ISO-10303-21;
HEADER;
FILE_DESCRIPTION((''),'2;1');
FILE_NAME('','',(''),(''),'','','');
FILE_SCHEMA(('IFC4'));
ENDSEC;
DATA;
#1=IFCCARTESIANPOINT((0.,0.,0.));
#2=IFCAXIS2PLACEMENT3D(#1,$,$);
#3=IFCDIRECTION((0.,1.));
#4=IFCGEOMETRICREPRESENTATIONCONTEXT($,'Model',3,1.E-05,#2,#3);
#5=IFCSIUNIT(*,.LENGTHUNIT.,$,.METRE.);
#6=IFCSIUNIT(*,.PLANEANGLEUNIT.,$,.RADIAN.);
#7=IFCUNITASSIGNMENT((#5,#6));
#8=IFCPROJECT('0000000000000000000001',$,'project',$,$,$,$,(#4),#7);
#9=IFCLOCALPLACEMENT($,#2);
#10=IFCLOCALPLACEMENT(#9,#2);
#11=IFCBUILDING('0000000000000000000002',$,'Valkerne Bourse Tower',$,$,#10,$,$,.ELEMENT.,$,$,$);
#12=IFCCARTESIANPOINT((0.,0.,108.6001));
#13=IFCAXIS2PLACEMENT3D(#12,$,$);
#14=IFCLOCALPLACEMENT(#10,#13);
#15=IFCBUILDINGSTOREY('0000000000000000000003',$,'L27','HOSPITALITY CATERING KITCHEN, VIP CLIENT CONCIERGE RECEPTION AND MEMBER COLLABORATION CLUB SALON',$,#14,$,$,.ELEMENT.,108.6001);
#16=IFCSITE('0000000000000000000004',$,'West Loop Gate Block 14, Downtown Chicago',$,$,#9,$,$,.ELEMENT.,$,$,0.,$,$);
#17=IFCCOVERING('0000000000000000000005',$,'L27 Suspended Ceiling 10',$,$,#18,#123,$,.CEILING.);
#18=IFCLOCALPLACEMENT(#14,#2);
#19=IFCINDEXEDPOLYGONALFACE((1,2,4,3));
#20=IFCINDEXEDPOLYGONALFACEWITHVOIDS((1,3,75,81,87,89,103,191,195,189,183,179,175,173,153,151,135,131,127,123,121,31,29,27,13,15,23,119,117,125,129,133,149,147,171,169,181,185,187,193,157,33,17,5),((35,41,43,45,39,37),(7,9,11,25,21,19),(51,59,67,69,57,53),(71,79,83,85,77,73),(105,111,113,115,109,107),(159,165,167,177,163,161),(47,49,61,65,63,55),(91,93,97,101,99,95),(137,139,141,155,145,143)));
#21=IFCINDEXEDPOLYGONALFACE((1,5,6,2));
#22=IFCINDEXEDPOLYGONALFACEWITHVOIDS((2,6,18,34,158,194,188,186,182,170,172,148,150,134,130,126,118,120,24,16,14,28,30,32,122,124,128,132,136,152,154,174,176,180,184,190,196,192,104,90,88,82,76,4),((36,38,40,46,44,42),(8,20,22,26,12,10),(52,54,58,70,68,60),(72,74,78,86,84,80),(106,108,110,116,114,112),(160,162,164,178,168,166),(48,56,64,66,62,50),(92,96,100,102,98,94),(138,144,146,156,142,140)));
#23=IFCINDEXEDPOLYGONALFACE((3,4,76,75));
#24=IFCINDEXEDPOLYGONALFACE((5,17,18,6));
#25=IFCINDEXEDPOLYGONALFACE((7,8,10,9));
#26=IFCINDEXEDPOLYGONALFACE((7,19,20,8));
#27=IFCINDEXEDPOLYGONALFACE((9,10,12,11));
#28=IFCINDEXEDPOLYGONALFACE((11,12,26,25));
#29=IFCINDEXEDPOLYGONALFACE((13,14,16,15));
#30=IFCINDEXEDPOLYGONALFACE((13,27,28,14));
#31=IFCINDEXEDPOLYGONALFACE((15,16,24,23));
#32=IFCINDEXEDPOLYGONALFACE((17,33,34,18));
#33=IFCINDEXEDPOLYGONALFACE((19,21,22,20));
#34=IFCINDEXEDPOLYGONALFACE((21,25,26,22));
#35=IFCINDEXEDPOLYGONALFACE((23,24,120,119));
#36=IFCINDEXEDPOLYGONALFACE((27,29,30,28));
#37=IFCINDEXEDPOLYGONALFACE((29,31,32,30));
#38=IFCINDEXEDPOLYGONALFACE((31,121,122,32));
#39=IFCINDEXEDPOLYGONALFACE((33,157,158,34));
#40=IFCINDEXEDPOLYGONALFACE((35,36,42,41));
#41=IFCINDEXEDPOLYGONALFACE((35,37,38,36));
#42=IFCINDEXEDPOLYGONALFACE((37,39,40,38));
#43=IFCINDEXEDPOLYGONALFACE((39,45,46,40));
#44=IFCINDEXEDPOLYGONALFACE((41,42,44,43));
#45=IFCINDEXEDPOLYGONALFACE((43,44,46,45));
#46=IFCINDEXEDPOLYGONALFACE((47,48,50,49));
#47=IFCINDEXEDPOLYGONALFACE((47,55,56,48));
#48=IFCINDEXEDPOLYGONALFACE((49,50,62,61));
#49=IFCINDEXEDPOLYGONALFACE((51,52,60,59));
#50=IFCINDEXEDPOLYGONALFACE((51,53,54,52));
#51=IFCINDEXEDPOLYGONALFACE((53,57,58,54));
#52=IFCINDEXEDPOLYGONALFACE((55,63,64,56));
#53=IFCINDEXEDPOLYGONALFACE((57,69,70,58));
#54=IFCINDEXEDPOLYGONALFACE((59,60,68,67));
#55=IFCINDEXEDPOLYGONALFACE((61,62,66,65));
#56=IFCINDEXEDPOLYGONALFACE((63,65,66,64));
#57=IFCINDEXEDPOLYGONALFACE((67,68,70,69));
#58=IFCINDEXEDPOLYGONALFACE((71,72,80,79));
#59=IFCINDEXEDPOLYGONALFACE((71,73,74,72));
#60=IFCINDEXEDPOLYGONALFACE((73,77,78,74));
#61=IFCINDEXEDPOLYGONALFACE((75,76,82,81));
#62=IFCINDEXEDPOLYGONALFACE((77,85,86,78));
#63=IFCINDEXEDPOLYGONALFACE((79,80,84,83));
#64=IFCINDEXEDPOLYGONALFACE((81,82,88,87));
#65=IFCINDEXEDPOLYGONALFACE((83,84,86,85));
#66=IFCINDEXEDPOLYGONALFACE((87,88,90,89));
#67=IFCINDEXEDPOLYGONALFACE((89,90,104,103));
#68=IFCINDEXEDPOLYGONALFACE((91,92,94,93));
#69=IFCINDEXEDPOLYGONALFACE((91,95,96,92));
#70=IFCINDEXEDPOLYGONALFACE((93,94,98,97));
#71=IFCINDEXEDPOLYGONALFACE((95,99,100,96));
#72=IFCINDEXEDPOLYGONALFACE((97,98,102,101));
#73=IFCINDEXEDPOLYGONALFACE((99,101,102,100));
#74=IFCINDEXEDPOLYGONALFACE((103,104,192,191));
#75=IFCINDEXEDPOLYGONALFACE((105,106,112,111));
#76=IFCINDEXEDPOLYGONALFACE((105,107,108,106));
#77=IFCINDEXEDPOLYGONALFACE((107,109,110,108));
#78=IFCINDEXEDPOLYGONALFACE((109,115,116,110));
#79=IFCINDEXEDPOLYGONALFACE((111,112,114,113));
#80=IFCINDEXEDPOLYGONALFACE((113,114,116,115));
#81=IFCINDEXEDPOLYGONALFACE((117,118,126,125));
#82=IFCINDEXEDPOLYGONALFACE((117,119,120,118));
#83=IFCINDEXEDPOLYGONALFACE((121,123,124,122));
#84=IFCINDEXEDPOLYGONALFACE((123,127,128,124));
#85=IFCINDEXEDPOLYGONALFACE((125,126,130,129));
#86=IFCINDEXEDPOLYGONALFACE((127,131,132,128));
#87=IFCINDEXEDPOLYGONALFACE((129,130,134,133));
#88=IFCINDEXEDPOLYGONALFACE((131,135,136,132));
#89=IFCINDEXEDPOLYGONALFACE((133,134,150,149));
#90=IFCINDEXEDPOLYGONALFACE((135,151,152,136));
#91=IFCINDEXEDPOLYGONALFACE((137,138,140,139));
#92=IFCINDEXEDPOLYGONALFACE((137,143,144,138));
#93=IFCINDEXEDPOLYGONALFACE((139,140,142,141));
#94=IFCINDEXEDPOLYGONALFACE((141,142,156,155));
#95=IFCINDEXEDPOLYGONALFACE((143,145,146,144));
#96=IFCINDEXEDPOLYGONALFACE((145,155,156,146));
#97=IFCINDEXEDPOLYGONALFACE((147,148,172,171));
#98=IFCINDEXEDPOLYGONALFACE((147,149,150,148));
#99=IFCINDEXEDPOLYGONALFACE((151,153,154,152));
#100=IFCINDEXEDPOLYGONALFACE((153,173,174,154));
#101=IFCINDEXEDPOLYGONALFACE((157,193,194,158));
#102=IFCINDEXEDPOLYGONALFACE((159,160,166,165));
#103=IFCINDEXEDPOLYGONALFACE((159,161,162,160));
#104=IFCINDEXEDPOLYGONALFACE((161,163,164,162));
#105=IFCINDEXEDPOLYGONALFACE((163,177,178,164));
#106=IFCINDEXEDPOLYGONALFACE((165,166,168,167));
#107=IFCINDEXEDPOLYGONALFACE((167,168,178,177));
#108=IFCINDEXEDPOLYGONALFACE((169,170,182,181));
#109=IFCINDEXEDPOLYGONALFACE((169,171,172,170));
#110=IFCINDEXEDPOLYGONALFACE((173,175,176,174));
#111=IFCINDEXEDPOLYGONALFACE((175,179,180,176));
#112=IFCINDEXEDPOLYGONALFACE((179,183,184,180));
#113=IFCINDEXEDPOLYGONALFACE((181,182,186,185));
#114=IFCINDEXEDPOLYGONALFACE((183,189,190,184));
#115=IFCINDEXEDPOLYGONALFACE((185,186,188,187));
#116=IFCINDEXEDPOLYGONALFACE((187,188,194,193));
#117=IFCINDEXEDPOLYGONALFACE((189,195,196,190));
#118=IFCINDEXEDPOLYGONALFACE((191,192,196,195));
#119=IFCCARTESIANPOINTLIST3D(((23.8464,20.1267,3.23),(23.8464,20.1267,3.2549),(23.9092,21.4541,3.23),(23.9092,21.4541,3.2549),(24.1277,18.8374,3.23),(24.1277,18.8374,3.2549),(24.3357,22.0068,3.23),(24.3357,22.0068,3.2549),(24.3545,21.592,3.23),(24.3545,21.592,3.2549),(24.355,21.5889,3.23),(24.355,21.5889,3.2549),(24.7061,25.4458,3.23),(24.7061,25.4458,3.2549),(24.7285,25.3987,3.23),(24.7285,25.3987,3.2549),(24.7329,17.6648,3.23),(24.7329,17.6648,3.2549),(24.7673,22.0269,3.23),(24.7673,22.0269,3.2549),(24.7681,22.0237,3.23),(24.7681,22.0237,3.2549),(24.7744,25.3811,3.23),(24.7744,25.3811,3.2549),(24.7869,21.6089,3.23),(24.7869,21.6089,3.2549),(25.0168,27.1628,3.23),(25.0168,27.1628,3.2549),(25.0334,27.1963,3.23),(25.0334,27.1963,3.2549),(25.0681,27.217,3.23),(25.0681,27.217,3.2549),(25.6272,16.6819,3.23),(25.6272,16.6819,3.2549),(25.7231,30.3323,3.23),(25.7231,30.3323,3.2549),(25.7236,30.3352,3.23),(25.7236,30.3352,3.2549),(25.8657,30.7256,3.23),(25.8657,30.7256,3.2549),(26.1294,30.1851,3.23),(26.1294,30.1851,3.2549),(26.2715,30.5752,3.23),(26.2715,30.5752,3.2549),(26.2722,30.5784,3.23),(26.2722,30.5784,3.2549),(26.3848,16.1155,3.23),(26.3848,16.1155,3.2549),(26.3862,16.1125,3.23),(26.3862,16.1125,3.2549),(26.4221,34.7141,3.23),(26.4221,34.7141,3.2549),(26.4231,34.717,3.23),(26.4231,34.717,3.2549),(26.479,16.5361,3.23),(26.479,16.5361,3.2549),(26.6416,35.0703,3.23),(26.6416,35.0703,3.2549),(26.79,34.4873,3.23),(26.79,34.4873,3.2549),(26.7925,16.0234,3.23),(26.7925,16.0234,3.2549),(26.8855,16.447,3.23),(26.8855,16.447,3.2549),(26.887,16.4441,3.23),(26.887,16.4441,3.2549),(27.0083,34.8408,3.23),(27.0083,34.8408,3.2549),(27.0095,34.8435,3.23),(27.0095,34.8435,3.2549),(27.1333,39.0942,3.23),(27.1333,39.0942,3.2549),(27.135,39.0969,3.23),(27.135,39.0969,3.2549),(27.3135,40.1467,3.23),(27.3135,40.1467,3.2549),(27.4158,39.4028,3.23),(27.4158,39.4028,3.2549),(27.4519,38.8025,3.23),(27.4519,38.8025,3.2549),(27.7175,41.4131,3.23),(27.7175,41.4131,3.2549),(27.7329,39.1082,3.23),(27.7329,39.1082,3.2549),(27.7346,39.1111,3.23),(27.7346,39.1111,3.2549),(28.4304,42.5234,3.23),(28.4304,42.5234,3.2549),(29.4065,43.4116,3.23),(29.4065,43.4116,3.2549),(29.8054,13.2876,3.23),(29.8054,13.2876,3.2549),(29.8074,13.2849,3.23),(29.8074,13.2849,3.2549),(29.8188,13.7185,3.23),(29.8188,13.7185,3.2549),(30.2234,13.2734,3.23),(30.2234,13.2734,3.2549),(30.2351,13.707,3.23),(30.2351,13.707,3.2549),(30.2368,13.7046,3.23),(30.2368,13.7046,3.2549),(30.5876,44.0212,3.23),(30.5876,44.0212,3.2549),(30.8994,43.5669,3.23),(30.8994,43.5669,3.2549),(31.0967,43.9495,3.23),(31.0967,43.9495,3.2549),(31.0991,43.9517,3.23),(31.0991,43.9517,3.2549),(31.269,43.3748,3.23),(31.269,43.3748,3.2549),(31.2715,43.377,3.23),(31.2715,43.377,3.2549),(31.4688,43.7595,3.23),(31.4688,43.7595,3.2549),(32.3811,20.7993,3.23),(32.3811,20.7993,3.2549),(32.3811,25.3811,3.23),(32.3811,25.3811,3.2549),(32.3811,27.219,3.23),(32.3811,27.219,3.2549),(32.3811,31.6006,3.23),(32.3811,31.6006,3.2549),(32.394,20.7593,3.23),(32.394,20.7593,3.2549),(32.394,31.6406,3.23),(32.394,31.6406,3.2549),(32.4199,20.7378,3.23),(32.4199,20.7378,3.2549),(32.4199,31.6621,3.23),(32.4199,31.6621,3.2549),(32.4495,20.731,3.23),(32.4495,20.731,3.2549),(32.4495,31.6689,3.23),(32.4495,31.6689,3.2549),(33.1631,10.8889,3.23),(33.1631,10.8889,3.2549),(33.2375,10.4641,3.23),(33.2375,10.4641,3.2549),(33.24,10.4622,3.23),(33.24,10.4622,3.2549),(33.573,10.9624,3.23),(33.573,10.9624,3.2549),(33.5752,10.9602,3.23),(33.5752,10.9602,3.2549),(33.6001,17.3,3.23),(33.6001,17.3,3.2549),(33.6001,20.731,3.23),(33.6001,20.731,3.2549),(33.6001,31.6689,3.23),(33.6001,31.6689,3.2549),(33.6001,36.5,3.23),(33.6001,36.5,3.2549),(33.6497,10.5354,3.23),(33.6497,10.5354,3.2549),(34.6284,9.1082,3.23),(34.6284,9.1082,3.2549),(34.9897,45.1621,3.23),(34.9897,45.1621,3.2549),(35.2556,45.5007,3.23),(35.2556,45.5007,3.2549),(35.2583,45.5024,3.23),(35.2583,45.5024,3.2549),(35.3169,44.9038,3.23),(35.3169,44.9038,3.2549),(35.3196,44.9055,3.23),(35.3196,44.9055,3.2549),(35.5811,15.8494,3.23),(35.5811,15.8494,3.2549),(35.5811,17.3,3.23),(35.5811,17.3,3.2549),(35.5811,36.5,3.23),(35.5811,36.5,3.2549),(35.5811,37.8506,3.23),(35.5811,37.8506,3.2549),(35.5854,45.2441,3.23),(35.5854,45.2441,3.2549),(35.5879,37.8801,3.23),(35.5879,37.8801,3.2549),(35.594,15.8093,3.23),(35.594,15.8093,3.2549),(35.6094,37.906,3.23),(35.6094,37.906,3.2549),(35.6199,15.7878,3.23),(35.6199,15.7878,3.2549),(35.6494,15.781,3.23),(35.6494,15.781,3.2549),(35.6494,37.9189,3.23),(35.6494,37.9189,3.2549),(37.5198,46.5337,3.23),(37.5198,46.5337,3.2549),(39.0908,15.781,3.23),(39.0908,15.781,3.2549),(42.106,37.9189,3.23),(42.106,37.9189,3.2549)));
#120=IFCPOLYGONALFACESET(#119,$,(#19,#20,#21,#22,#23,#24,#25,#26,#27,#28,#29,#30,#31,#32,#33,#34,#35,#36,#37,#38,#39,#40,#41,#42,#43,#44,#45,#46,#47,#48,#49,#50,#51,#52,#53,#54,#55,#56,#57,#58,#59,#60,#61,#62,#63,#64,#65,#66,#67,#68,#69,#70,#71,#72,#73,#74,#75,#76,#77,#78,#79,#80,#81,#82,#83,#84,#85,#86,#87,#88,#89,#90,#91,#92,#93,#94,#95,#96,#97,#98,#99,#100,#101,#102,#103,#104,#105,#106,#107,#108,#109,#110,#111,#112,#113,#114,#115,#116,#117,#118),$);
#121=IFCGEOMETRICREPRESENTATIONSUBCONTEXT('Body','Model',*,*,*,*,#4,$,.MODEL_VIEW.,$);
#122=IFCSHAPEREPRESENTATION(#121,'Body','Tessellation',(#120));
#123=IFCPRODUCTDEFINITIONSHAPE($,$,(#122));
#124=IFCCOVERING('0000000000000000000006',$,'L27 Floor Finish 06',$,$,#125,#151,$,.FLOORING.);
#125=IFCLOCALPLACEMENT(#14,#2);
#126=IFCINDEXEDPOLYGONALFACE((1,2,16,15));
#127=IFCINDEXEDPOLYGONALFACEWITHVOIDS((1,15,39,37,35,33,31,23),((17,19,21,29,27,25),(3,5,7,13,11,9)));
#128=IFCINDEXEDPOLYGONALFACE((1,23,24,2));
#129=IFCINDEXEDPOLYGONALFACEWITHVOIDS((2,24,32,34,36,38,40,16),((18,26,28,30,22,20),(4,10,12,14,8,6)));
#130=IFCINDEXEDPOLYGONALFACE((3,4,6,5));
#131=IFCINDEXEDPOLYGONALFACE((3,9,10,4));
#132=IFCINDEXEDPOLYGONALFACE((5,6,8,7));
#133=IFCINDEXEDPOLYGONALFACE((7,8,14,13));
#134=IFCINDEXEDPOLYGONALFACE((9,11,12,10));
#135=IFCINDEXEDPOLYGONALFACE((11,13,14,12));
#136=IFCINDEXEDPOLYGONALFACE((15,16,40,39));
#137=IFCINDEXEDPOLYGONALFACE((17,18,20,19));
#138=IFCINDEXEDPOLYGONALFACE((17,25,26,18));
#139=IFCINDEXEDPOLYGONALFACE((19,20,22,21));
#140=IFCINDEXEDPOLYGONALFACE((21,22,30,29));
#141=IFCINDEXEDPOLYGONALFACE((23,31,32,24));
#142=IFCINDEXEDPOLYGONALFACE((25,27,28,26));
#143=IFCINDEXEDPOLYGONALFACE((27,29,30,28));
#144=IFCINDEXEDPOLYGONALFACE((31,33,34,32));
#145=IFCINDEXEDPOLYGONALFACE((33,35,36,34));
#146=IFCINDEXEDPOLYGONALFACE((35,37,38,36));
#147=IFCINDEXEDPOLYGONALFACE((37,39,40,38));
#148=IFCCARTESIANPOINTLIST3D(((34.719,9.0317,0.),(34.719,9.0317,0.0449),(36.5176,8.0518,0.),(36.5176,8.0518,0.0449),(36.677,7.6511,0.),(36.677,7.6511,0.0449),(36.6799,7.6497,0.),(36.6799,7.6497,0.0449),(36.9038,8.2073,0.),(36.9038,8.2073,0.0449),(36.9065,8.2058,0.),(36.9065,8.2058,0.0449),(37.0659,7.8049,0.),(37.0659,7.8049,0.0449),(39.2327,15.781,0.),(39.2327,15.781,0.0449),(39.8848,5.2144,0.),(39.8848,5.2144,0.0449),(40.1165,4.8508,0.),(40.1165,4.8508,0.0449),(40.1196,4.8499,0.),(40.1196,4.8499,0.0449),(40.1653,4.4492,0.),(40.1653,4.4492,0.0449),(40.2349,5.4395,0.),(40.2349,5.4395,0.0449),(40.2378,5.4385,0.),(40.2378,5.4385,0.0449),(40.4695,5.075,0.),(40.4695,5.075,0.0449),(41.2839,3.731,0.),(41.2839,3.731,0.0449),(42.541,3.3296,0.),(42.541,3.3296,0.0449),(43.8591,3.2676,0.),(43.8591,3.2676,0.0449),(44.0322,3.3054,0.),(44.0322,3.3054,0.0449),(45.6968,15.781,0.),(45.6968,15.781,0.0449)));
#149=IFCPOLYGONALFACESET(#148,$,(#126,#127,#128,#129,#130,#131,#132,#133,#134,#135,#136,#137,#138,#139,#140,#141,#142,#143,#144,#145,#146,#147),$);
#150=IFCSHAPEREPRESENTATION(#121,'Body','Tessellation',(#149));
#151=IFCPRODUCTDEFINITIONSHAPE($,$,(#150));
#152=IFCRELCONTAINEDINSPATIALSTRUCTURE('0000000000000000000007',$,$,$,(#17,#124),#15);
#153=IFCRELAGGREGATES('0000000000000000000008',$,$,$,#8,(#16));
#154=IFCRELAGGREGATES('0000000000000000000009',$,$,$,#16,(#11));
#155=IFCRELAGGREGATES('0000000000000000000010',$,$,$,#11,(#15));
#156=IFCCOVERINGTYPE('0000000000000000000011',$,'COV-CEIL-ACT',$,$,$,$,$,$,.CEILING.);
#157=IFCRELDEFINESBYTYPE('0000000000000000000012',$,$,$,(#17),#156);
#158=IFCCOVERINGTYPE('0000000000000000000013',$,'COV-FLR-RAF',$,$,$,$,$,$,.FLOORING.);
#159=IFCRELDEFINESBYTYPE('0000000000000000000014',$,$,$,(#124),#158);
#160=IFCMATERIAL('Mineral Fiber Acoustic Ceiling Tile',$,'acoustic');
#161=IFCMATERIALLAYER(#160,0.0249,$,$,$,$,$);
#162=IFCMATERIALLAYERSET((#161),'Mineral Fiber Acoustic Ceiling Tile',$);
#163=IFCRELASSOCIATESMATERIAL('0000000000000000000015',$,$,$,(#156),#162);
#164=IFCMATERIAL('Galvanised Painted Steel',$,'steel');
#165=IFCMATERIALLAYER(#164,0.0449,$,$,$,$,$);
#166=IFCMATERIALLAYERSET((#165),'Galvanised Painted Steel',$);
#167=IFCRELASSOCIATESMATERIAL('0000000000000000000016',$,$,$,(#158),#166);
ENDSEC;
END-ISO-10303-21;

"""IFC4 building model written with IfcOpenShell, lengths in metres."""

from ifc_helpers import new_model, si_unit, direction, frame, origin, place, context, subcontext, project, spatial, polyline, outline, extrude, material, layer, layer_set, type_object, element, save


model = new_model("IFC4")

# Units and contexts
model_context = context("Model", 3, precision=1e-05, world=origin(), true_north=direction((0.0, 1.0)))
body_context = subcontext(model_context, "Body", "Model", "MODEL_VIEW")
ifc_project = project(units=[si_unit("LENGTHUNIT", "METRE"), si_unit("PLANEANGLEUNIT", "RADIAN")], contexts=[model_context])

# Site, building, storey
site_placement = place(None, origin())
site = spatial("IfcSite", under=ifc_project, at=site_placement, Name="West Loop Gate Block 14, Downtown Chicago", CompositionType="ELEMENT", RefElevation=0.0)
building_placement = place(site_placement, origin())
building = spatial("IfcBuilding", under=site, at=building_placement, Name="Valkerne Bourse Tower", CompositionType="ELEMENT")
storey_placement = place(building_placement, frame((0.0, 0.0, 108.6001)))
storey = spatial("IfcBuildingStorey", under=building, at=storey_placement, Name="L27", Description="HOSPITALITY CATERING KITCHEN, VIP CLIENT CONCIERGE RECEPTION AND MEMBER COLLABORATION CLUB SALON", CompositionType="ELEMENT", Elevation=108.6001)

# Coverings
ifc_material_1 = material(Name="Mineral Fiber Acoustic Ceiling Tile", Category="acoustic")
ifc_layer_1 = layer(ifc_material_1, 0.0249)
ifc_layer_set_1 = layer_set([ifc_layer_1], Name="Mineral Fiber Acoustic Ceiling Tile")
covering_type_1 = type_object("IfcCoveringType", Name="COV-CEIL-ACT", PredefinedType="CEILING", material=ifc_layer_set_1)
covering_1_placement = place(storey_placement, frame((0.0, 0.0, 3.23)))
element("IfcCovering", 1, at=covering_1_placement, inside=storey, type_object=covering_type_1, Name="L27 Suspended Ceiling 10", PredefinedType="CEILING", context=body_context, shape_type="SweptSolid", body=[
    extrude(outline(polyline([(24.1277, 18.8374), (23.8464, 20.1267), (23.9092, 21.4541), (27.3135, 40.1467), (27.7175, 41.4131), (28.4304, 42.5234), (29.4065, 43.4116), (30.5876, 44.0212), (37.5198, 46.5337), (42.106, 37.9189), (35.6494, 37.9189), (35.6094, 37.906), (35.5879, 37.8801), (35.5811, 37.8506), (35.5811, 36.5), (33.6001, 36.5), (33.6001, 31.6689), (32.4495, 31.6689), (32.4199, 31.6621), (32.394, 31.6406), (32.3811, 31.6006), (32.3811, 27.219), (25.0681, 27.217), (25.0334, 27.1963), (25.0168, 27.1628), (24.7061, 25.4458), (24.7285, 25.3987), (24.7744, 25.3811), (32.3811, 25.3811), (32.3811, 20.7993), (32.394, 20.7593), (32.4199, 20.7378), (32.4495, 20.731), (33.6001, 20.731), (33.6001, 17.3), (35.5811, 17.3), (35.5811, 15.8494), (35.594, 15.8093), (35.6199, 15.7878), (35.6494, 15.781), (39.0908, 15.781), (34.6284, 9.1082), (25.6272, 16.6819), (24.7329, 17.6648), (24.1277, 18.8374)]), holes=[polyline([(33.5752, 10.9602), (33.573, 10.9624), (33.1631, 10.8889), (33.2375, 10.4641), (33.24, 10.4622), (33.6497, 10.5354), (33.5752, 10.9602)]), polyline([(30.2368, 13.7046), (30.2351, 13.707), (29.8188, 13.7185), (29.8054, 13.2876), (29.8074, 13.2849), (30.2234, 13.2734), (30.2368, 13.7046)]), polyline([(26.887, 16.4441), (26.8855, 16.447), (26.479, 16.5361), (26.3848, 16.1155), (26.3862, 16.1125), (26.7925, 16.0234), (26.887, 16.4441)]), polyline([(24.7681, 22.0237), (24.7673, 22.0269), (24.3357, 22.0068), (24.3545, 21.592), (24.355, 21.5889), (24.7869, 21.6089), (24.7681, 22.0237)]), polyline([(26.2715, 30.5752), (26.2722, 30.5784), (25.8657, 30.7256), (25.7236, 30.3352), (25.7231, 30.3323), (26.1294, 30.1851), (26.2715, 30.5752)]), polyline([(27.0095, 34.8435), (26.6416, 35.0703), (26.4231, 34.717), (26.4221, 34.7141), (26.79, 34.4873), (27.0083, 34.8408), (27.0095, 34.8435)]), polyline([(27.7346, 39.1111), (27.4158, 39.4028), (27.135, 39.0969), (27.1333, 39.0942), (27.4519, 38.8025), (27.7329, 39.1082), (27.7346, 39.1111)]), polyline([(31.4688, 43.7595), (31.0991, 43.9517), (31.0967, 43.9495), (30.8994, 43.5669), (31.269, 43.3748), (31.2715, 43.377), (31.4688, 43.7595)]), polyline([(35.3196, 44.9055), (35.5854, 45.2441), (35.2583, 45.5024), (35.2556, 45.5007), (34.9897, 45.1621), (35.3169, 44.9038), (35.3196, 44.9055)])]), origin(), (0.0, 0.0, 1.0), 0.0249),
])
ifc_material_2 = material(Name="Galvanised Painted Steel", Category="steel")
ifc_layer_2 = layer(ifc_material_2, 0.0449)
ifc_layer_set_2 = layer_set([ifc_layer_2], Name="Galvanised Painted Steel")
covering_type_2 = type_object("IfcCoveringType", Name="COV-FLR-RAF", PredefinedType="FLOORING", material=ifc_layer_set_2)
covering_2_placement = place(storey_placement, origin())
element("IfcCovering", 2, at=covering_2_placement, inside=storey, type_object=covering_type_2, Name="L27 Floor Finish 06", PredefinedType="FLOORING", context=body_context, shape_type="SweptSolid", body=[
    extrude(outline(polyline([(41.2839, 3.731), (40.1653, 4.4492), (34.719, 9.0317), (39.2327, 15.781), (45.6968, 15.781), (44.0322, 3.3054), (43.8591, 3.2676), (42.541, 3.3296), (41.2839, 3.731)]), holes=[polyline([(36.9065, 8.2058), (36.9038, 8.2073), (36.5176, 8.0518), (36.677, 7.6511), (36.6799, 7.6497), (37.0659, 7.8049), (36.9065, 8.2058)]), polyline([(40.2378, 5.4385), (40.2349, 5.4395), (39.8848, 5.2144), (40.1165, 4.8508), (40.1196, 4.8499), (40.4695, 5.075), (40.2378, 5.4385)])]), origin(), (0.0, 0.0, 1.0), 0.0449),
])

save(model, "model.ifc")
